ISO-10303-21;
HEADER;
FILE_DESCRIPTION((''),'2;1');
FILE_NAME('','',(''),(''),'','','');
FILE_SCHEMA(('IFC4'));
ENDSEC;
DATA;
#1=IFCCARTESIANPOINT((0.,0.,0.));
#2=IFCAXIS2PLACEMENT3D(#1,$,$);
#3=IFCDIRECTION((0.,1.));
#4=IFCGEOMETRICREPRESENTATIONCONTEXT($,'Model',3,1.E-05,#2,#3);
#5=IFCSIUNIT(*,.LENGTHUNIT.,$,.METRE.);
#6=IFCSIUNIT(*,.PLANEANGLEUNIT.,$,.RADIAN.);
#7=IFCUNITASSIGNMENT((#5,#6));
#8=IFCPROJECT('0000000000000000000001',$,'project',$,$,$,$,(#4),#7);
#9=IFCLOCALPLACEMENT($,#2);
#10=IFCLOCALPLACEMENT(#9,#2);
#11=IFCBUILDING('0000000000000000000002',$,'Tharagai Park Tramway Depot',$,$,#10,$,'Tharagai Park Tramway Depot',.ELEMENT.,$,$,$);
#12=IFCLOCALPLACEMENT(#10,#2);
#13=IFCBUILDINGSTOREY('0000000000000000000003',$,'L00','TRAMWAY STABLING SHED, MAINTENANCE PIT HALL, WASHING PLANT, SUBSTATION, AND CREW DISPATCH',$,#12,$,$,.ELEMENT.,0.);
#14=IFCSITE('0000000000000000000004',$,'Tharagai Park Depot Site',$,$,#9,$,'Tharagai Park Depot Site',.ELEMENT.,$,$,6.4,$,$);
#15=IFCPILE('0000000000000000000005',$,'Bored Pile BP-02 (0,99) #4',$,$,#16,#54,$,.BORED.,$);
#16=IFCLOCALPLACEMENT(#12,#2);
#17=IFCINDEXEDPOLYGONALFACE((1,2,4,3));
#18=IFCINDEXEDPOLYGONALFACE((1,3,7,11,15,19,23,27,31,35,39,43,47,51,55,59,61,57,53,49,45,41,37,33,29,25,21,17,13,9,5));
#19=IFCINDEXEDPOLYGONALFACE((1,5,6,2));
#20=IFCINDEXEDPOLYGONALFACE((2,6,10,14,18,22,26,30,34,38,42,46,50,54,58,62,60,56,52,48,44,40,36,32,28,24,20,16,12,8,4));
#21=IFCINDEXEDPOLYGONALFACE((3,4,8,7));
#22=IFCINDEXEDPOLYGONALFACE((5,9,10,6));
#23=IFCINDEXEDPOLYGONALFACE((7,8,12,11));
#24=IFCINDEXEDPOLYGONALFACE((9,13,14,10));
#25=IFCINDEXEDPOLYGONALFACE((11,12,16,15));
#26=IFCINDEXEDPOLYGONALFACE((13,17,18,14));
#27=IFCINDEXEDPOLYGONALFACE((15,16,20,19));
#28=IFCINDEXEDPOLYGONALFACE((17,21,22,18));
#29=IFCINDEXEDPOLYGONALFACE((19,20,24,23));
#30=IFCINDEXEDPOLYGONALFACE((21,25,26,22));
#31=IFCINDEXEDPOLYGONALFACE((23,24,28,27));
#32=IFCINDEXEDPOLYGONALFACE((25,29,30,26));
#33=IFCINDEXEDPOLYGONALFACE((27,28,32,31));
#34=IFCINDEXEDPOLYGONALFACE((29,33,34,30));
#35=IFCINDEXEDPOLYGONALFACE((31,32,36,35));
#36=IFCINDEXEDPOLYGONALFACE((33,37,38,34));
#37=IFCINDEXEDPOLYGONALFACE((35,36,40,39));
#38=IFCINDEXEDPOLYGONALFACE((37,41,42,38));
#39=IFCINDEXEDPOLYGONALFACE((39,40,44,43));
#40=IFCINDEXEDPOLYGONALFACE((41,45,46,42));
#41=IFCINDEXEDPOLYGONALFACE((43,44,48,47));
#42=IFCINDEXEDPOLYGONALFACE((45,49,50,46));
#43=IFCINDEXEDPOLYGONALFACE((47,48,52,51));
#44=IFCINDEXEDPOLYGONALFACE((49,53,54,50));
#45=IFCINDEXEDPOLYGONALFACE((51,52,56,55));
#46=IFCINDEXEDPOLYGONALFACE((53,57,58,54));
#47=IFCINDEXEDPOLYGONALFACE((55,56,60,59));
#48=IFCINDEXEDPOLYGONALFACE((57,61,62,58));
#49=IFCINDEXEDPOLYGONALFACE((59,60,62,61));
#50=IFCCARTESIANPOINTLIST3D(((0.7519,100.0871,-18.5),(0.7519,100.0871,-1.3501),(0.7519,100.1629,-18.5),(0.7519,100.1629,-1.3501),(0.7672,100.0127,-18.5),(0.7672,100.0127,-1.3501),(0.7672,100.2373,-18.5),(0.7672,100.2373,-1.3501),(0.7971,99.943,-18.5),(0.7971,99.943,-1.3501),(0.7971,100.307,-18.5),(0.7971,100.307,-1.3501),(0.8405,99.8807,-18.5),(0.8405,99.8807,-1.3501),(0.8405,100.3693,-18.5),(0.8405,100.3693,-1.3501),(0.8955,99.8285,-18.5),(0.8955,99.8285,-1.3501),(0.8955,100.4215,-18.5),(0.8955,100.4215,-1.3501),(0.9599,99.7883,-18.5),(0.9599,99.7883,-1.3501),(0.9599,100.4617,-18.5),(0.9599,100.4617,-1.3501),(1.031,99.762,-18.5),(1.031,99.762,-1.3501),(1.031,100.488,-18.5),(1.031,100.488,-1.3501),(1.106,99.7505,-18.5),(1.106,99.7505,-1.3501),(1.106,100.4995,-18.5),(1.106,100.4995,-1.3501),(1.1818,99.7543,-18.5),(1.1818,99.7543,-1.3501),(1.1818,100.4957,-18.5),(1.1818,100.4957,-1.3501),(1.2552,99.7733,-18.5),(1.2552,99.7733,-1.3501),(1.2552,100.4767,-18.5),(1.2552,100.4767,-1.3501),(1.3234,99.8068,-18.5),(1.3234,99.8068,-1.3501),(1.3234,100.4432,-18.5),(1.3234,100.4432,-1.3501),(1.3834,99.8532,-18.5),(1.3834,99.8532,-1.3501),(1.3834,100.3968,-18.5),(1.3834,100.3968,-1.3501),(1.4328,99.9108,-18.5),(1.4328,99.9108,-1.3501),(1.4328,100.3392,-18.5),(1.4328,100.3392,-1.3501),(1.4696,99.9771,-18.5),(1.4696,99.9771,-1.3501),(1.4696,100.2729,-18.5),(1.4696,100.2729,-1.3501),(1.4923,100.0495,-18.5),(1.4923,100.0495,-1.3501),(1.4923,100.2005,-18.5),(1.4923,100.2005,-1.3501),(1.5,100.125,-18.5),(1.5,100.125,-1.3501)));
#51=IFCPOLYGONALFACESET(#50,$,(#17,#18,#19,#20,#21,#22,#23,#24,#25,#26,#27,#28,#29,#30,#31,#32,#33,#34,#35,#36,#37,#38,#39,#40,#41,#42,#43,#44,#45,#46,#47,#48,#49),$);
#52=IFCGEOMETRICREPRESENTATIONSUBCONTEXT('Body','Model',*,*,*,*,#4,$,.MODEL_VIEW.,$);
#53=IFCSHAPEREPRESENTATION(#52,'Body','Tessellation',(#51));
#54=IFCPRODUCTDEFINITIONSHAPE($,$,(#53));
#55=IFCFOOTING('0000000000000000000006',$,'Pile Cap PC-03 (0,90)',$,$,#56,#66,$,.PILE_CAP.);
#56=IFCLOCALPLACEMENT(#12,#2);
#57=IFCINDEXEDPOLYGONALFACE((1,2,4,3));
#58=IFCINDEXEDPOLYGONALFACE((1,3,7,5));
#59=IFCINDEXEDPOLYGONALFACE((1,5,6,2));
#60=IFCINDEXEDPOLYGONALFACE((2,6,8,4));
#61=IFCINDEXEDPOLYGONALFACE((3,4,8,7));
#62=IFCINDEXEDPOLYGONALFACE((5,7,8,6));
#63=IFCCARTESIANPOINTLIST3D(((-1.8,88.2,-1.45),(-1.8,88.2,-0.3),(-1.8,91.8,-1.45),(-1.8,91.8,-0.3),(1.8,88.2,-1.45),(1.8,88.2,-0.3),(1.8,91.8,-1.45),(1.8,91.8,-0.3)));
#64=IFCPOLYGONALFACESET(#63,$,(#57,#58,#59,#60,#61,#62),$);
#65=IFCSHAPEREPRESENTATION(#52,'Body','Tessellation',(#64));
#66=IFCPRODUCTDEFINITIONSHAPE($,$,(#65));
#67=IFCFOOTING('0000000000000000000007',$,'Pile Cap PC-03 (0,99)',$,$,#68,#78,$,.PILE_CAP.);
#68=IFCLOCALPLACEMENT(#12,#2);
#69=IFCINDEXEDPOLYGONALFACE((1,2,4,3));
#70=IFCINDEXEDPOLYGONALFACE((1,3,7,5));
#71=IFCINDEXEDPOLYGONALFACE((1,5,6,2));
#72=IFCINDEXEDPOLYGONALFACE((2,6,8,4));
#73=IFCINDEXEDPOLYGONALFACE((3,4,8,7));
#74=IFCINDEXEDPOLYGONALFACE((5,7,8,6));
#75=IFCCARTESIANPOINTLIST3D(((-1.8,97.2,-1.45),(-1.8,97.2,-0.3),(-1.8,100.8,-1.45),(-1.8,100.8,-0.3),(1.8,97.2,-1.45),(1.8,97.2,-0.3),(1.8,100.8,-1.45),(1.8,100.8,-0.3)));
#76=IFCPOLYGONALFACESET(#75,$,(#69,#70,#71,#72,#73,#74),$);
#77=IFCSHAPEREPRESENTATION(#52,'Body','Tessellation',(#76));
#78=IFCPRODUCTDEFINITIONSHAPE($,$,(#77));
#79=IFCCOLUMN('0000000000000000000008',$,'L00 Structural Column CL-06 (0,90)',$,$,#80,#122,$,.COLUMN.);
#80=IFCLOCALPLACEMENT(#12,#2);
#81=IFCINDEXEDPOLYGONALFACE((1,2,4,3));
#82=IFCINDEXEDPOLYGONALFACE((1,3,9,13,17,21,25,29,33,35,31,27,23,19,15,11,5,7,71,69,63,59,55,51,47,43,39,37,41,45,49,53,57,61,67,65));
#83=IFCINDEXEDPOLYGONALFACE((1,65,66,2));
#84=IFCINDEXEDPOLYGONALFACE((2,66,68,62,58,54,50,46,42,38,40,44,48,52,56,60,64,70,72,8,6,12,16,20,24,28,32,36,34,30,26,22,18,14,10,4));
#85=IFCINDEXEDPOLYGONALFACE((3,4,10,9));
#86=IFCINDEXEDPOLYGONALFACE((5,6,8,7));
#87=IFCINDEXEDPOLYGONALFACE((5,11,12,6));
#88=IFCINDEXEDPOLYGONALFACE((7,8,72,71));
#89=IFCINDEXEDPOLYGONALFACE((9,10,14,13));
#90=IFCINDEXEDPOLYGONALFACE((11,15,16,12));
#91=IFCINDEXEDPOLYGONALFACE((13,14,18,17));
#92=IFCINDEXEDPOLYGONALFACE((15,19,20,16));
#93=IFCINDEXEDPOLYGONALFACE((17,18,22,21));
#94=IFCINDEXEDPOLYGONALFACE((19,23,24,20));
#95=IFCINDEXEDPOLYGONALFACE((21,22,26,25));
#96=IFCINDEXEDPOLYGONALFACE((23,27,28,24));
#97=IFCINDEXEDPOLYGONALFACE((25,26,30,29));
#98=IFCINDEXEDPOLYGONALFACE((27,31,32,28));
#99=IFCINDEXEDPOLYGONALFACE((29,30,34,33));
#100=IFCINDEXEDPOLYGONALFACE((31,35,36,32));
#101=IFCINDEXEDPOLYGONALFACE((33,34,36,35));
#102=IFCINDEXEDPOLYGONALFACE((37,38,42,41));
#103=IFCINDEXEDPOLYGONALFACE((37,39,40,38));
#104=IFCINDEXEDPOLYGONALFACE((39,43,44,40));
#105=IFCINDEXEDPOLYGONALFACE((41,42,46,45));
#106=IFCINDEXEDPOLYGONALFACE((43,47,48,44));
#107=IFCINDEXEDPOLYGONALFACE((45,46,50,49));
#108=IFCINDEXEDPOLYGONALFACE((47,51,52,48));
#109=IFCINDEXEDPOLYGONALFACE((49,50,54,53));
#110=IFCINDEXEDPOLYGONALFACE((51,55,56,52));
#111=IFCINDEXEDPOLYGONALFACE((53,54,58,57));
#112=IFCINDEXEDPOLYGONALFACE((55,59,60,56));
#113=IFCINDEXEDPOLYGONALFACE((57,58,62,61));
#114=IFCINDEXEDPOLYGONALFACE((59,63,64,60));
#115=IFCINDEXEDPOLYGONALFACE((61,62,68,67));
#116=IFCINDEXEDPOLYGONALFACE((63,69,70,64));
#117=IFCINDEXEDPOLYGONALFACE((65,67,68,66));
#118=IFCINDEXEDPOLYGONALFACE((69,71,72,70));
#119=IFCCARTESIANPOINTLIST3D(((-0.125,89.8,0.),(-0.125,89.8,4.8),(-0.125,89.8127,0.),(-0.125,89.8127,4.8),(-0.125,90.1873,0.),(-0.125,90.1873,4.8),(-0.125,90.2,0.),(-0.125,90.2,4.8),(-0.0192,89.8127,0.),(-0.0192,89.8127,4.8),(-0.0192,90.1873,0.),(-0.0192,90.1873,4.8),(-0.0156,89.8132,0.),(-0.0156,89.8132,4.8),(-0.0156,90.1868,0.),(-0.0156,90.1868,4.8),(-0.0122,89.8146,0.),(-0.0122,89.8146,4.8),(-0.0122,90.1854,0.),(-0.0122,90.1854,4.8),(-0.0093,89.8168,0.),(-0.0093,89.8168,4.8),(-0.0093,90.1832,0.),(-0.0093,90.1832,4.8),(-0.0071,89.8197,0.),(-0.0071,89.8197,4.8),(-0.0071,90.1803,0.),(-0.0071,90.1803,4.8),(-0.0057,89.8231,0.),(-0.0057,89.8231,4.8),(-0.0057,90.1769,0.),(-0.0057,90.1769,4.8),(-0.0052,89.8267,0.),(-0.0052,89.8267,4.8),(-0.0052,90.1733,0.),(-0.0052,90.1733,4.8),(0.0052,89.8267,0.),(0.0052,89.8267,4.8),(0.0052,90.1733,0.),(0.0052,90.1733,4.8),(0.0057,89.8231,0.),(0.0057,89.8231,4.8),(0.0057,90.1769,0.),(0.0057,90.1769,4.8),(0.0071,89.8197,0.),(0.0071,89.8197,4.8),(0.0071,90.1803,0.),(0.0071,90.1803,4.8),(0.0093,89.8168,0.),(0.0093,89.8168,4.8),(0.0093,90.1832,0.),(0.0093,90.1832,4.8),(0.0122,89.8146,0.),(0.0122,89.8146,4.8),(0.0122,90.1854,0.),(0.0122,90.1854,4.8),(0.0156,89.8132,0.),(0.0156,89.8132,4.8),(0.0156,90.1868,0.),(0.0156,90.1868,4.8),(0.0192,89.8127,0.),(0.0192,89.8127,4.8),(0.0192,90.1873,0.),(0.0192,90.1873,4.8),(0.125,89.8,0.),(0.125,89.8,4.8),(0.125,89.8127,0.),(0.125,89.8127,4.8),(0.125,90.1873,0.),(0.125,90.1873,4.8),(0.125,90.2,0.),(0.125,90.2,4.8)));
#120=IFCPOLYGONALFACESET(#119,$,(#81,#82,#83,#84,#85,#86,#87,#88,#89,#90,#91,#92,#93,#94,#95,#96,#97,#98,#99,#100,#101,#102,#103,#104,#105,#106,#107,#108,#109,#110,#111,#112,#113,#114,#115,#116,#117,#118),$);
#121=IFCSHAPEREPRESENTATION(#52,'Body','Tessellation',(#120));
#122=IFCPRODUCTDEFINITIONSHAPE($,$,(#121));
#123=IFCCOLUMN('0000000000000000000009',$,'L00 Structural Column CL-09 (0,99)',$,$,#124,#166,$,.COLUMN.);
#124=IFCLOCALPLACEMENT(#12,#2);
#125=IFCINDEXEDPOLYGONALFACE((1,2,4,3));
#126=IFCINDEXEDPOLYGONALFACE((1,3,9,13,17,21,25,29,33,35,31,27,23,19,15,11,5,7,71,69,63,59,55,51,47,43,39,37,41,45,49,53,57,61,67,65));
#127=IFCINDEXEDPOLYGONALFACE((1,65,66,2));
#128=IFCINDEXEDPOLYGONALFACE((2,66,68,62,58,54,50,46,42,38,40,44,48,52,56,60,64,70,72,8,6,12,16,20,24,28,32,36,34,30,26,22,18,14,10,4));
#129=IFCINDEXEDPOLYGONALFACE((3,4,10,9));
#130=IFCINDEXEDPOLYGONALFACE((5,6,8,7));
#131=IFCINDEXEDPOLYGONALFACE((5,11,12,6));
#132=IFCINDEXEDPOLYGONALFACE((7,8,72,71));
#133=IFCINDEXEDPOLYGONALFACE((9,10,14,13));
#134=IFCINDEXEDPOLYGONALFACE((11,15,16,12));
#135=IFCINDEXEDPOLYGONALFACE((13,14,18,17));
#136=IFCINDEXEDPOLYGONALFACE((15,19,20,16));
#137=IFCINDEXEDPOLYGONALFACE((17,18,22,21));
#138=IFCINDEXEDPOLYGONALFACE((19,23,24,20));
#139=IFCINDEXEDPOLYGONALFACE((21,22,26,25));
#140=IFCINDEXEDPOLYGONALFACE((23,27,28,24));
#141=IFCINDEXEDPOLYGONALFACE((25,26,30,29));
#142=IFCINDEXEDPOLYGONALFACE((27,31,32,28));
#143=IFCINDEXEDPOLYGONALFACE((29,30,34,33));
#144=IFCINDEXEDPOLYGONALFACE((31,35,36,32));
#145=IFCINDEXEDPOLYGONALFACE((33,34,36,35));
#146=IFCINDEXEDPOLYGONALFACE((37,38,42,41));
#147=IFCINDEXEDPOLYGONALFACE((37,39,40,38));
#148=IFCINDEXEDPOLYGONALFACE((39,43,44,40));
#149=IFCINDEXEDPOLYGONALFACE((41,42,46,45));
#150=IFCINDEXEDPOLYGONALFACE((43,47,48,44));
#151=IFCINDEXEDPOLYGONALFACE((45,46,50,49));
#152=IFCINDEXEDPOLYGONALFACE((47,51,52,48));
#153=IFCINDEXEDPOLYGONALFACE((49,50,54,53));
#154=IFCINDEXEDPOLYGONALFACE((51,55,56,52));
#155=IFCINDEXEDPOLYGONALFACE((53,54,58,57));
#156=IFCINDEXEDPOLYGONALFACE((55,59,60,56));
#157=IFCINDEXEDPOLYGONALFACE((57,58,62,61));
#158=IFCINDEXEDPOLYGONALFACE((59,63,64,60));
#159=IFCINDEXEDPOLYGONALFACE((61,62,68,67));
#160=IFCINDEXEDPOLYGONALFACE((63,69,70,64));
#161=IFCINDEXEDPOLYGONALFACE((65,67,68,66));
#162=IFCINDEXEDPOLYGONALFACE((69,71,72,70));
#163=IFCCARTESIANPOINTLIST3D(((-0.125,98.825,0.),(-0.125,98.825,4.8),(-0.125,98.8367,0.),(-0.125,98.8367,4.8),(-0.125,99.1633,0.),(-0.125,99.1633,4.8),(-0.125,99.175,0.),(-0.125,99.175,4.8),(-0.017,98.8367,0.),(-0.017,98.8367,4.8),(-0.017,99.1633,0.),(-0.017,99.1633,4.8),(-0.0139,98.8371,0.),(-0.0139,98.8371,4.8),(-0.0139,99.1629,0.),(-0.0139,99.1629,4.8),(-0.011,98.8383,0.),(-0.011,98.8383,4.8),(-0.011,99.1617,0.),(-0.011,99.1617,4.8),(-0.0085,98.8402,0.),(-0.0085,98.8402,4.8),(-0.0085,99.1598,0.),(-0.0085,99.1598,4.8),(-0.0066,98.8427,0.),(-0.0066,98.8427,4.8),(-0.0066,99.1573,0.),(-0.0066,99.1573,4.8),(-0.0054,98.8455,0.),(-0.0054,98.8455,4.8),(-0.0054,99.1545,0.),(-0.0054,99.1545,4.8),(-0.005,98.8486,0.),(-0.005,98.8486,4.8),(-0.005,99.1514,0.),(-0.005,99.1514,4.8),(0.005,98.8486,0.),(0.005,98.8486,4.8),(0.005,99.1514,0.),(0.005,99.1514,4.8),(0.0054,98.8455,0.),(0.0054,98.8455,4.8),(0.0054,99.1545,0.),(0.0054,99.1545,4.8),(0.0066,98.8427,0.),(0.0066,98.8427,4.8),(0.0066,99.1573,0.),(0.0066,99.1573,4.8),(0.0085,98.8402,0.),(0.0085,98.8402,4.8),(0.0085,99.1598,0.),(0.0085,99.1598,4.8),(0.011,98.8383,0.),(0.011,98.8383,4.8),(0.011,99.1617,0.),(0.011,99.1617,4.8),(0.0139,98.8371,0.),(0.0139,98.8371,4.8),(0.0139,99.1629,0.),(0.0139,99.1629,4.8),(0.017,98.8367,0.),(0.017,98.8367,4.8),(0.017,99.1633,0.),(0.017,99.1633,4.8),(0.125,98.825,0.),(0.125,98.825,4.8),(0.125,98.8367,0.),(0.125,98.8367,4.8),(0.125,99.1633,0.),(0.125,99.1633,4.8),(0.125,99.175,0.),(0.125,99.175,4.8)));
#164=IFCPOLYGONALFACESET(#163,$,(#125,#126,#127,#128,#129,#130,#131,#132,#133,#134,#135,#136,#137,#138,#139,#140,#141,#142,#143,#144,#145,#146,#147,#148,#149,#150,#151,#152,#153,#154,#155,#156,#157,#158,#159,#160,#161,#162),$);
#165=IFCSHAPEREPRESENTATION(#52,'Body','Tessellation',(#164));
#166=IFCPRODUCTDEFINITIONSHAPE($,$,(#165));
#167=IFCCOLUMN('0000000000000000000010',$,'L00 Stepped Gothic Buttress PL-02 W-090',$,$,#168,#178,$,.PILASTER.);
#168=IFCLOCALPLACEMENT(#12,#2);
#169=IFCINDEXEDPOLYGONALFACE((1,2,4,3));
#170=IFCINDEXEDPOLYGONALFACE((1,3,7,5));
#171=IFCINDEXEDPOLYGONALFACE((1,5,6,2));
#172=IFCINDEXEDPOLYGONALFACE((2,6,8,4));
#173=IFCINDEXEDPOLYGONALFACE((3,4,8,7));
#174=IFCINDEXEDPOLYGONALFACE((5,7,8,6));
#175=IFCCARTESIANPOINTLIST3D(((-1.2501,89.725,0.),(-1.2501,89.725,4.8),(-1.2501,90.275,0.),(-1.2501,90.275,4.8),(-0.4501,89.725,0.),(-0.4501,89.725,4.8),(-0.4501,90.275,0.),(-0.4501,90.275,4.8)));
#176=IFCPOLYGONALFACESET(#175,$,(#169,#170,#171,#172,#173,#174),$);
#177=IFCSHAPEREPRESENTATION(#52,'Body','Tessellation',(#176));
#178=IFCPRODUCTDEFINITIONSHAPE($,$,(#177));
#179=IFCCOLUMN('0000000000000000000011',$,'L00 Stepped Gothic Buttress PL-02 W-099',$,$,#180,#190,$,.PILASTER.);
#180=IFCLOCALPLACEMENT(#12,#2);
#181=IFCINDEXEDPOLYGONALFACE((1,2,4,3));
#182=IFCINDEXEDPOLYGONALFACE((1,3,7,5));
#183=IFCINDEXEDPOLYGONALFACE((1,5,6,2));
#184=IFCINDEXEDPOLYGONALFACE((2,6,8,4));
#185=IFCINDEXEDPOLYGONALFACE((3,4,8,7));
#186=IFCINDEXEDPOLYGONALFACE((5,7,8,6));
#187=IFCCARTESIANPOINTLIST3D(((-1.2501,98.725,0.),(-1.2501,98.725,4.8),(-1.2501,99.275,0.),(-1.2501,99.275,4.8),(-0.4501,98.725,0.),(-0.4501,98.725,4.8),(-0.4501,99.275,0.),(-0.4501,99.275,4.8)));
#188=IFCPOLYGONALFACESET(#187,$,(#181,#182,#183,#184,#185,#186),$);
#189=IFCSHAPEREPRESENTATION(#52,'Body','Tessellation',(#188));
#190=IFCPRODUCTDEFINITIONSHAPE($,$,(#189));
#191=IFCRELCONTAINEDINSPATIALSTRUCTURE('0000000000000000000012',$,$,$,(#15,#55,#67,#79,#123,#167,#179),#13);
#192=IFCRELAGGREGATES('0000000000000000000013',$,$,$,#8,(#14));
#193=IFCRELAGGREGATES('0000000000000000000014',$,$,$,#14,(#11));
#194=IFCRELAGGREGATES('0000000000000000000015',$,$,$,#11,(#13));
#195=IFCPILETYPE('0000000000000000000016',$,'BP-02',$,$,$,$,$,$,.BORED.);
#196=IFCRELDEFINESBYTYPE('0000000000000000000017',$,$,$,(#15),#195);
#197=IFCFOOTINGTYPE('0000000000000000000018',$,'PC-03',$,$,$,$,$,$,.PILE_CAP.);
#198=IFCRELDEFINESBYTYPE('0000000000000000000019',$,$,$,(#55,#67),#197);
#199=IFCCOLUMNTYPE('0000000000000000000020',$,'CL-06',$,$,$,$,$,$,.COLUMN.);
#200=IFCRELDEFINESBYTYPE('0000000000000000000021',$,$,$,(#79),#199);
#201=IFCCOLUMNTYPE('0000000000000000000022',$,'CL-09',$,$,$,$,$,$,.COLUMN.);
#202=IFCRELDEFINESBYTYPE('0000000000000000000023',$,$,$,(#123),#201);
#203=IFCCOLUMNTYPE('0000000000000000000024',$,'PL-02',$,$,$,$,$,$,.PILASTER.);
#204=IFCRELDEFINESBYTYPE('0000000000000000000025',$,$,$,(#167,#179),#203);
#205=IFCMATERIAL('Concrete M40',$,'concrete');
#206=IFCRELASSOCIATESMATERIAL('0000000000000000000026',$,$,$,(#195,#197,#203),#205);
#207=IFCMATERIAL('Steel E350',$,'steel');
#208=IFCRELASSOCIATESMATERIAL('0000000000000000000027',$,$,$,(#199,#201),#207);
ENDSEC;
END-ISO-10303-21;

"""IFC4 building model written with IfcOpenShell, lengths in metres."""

from ifc_helpers import new_model, si_unit, direction, frame, origin, origin_2d, place, context, subcontext, project, spatial, rectangle, circle, i_section, extrude, material, material_profile, profile_set, type_object, element, save


model = new_model("IFC4")

# Units and contexts
model_context = context("Model", 3, precision=1e-05, world=origin(), true_north=direction((0.0, 1.0)))
body_context = subcontext(model_context, "Body", "Model", "MODEL_VIEW")
ifc_project = project(units=[si_unit("LENGTHUNIT", "METRE"), si_unit("PLANEANGLEUNIT", "RADIAN")], contexts=[model_context])

# Site, building, storey
site_placement = place(None, origin())
site = spatial("IfcSite", under=ifc_project, at=site_placement, Name="Tharagai Park Depot Site", LongName="Tharagai Park Depot Site", CompositionType="ELEMENT", RefElevation=6.4)
building_placement = place(site_placement, origin())
building = spatial("IfcBuilding", under=site, at=building_placement, Name="Tharagai Park Tramway Depot", LongName="Tharagai Park Tramway Depot", CompositionType="ELEMENT")
storey_placement = place(building_placement, origin())
storey = spatial("IfcBuildingStorey", under=building, at=storey_placement, Name="L00", Description="TRAMWAY STABLING SHED, MAINTENANCE PIT HALL, WASHING PLANT, SUBSTATION, AND CREW DISPATCH", CompositionType="ELEMENT", Elevation=0.0)

# Pile
ifc_material_1 = material(Name="Concrete M40", Category="concrete")
ifc_material_profile_1 = material_profile(ifc_material_1, circle(Radius=0.375, at=origin_2d()), Name="PILE D750")
ifc_profile_set_1 = profile_set([ifc_material_profile_1], Name="Concrete M40")
pile_type = type_object("IfcPileType", Name="BP-02", PredefinedType="BORED", material=ifc_profile_set_1)
for number, where, z_axis, x_axis, name in (
    (1, (1.125, 100.125, -1.3501), (0.0, 0.0, -1.0), (1.0, 0.0, 0.0), "Bored Pile BP-02 (0,99) #4"),
):
    element("IfcPile", number, at=place(storey_placement, frame(where, z_axis=z_axis, x_axis=x_axis)), inside=storey, type_object=pile_type, Name=name, PredefinedType="BORED", context=body_context, shape_type="SweptSolid", body=[
        extrude(circle(Radius=0.375, at=origin_2d()), origin(), (0.0, 0.0, 1.0), 17.1499),
    ])

# Footings
footing_type = type_object("IfcFootingType", Name="PC-03", PredefinedType="PILE_CAP", material=ifc_material_1)
for number, where, z_axis, x_axis, name in (
    (2, (0.0, 90.0, -1.45), (0.0, 0.0, 1.0), (1.0, 0.0, 0.0), "Pile Cap PC-03 (0,90)"),
    (3, (0.0, 99.0, -1.45), (0.0, 0.0, 1.0), (1.0, 0.0, 0.0), "Pile Cap PC-03 (0,99)"),
):
    element("IfcFooting", number, at=place(storey_placement, frame(where, z_axis=z_axis, x_axis=x_axis)), inside=storey, type_object=footing_type, Name=name, PredefinedType="PILE_CAP", context=body_context, shape_type="SweptSolid", body=[
        extrude(rectangle(XDim=3.6001, YDim=3.6001, at=origin_2d()), origin(), (0.0, 0.0, 1.0), 1.1499),
    ])

# Columns
ifc_material_2 = material(Name="Steel E350", Category="steel")
ifc_material_profile_2 = material_profile(ifc_material_2, i_section(OverallWidth=0.25, OverallDepth=0.3999, WebThickness=0.0105, FlangeThickness=0.0127, FilletRadius=0.0139, at=origin_2d()), Name="ISHB 400")
ifc_profile_set_2 = profile_set([ifc_material_profile_2], Name="Steel E350")
column_type_1 = type_object("IfcColumnType", Name="CL-06", PredefinedType="COLUMN", material=ifc_profile_set_2)
column_1_placement = place(storey_placement, frame((0.0, 90.0, 0.0), z_axis=(0.0, 0.0, 1.0), x_axis=(1.0, 0.0, 0.0)))
element("IfcColumn", 4, at=column_1_placement, inside=storey, type_object=column_type_1, Name="L00 Structural Column CL-06 (0,90)", PredefinedType="COLUMN", context=body_context, shape_type="SweptSolid", body=[
    extrude(i_section(OverallWidth=0.25, OverallDepth=0.3999, WebThickness=0.0105, FlangeThickness=0.0127, FilletRadius=0.0139, at=origin_2d()), origin(), (0.0, 0.0, 1.0), 4.8),
])
ifc_material_profile_3 = material_profile(ifc_material_2, i_section(OverallWidth=0.25, OverallDepth=0.3501, WebThickness=0.01, FlangeThickness=0.0117, FilletRadius=0.012, at=origin_2d()), Name="ISHB 350")
ifc_profile_set_3 = profile_set([ifc_material_profile_3], Name="Steel E350")
column_type_2 = type_object("IfcColumnType", Name="CL-09", PredefinedType="COLUMN", material=ifc_profile_set_3)
column_2_placement = place(storey_placement, frame((0.0, 99.0, 0.0), z_axis=(0.0, 0.0, 1.0), x_axis=(1.0, 0.0, 0.0)))
element("IfcColumn", 5, at=column_2_placement, inside=storey, type_object=column_type_2, Name="L00 Structural Column CL-09 (0,99)", PredefinedType="COLUMN", context=body_context, shape_type="SweptSolid", body=[
    extrude(i_section(OverallWidth=0.25, OverallDepth=0.3501, WebThickness=0.01, FlangeThickness=0.0117, FilletRadius=0.012, at=origin_2d()), origin(), (0.0, 0.0, 1.0), 4.8),
])
ifc_material_profile_4 = material_profile(ifc_material_1, rectangle(XDim=0.55, YDim=0.8, at=origin_2d()), Name="RC 550x800")
ifc_profile_set_4 = profile_set([ifc_material_profile_4], Name="Concrete M40")
column_type_3 = type_object("IfcColumnType", Name="PL-02", PredefinedType="PILASTER", material=ifc_profile_set_4)
for number, where, z_axis, x_axis, name in (
    (6, (-0.8501, 90.0, 0.0), (0.0, 0.0, 1.0), (0.0, 1.0, 0.0), "L00 Stepped Gothic Buttress PL-02 W-090"),
    (7, (-0.8501, 99.0, 0.0), (0.0, 0.0, 1.0), (0.0, 1.0, 0.0), "L00 Stepped Gothic Buttress PL-02 W-099"),
):
    element("IfcColumn", number, at=place(storey_placement, frame(where, z_axis=z_axis, x_axis=x_axis)), inside=storey, type_object=column_type_3, Name=name, PredefinedType="PILASTER", context=body_context, shape_type="SweptSolid", body=[
        extrude(rectangle(XDim=0.55, YDim=0.8, at=origin_2d()), origin(), (0.0, 0.0, 1.0), 4.8),
    ])

save(model, "model.ifc")
